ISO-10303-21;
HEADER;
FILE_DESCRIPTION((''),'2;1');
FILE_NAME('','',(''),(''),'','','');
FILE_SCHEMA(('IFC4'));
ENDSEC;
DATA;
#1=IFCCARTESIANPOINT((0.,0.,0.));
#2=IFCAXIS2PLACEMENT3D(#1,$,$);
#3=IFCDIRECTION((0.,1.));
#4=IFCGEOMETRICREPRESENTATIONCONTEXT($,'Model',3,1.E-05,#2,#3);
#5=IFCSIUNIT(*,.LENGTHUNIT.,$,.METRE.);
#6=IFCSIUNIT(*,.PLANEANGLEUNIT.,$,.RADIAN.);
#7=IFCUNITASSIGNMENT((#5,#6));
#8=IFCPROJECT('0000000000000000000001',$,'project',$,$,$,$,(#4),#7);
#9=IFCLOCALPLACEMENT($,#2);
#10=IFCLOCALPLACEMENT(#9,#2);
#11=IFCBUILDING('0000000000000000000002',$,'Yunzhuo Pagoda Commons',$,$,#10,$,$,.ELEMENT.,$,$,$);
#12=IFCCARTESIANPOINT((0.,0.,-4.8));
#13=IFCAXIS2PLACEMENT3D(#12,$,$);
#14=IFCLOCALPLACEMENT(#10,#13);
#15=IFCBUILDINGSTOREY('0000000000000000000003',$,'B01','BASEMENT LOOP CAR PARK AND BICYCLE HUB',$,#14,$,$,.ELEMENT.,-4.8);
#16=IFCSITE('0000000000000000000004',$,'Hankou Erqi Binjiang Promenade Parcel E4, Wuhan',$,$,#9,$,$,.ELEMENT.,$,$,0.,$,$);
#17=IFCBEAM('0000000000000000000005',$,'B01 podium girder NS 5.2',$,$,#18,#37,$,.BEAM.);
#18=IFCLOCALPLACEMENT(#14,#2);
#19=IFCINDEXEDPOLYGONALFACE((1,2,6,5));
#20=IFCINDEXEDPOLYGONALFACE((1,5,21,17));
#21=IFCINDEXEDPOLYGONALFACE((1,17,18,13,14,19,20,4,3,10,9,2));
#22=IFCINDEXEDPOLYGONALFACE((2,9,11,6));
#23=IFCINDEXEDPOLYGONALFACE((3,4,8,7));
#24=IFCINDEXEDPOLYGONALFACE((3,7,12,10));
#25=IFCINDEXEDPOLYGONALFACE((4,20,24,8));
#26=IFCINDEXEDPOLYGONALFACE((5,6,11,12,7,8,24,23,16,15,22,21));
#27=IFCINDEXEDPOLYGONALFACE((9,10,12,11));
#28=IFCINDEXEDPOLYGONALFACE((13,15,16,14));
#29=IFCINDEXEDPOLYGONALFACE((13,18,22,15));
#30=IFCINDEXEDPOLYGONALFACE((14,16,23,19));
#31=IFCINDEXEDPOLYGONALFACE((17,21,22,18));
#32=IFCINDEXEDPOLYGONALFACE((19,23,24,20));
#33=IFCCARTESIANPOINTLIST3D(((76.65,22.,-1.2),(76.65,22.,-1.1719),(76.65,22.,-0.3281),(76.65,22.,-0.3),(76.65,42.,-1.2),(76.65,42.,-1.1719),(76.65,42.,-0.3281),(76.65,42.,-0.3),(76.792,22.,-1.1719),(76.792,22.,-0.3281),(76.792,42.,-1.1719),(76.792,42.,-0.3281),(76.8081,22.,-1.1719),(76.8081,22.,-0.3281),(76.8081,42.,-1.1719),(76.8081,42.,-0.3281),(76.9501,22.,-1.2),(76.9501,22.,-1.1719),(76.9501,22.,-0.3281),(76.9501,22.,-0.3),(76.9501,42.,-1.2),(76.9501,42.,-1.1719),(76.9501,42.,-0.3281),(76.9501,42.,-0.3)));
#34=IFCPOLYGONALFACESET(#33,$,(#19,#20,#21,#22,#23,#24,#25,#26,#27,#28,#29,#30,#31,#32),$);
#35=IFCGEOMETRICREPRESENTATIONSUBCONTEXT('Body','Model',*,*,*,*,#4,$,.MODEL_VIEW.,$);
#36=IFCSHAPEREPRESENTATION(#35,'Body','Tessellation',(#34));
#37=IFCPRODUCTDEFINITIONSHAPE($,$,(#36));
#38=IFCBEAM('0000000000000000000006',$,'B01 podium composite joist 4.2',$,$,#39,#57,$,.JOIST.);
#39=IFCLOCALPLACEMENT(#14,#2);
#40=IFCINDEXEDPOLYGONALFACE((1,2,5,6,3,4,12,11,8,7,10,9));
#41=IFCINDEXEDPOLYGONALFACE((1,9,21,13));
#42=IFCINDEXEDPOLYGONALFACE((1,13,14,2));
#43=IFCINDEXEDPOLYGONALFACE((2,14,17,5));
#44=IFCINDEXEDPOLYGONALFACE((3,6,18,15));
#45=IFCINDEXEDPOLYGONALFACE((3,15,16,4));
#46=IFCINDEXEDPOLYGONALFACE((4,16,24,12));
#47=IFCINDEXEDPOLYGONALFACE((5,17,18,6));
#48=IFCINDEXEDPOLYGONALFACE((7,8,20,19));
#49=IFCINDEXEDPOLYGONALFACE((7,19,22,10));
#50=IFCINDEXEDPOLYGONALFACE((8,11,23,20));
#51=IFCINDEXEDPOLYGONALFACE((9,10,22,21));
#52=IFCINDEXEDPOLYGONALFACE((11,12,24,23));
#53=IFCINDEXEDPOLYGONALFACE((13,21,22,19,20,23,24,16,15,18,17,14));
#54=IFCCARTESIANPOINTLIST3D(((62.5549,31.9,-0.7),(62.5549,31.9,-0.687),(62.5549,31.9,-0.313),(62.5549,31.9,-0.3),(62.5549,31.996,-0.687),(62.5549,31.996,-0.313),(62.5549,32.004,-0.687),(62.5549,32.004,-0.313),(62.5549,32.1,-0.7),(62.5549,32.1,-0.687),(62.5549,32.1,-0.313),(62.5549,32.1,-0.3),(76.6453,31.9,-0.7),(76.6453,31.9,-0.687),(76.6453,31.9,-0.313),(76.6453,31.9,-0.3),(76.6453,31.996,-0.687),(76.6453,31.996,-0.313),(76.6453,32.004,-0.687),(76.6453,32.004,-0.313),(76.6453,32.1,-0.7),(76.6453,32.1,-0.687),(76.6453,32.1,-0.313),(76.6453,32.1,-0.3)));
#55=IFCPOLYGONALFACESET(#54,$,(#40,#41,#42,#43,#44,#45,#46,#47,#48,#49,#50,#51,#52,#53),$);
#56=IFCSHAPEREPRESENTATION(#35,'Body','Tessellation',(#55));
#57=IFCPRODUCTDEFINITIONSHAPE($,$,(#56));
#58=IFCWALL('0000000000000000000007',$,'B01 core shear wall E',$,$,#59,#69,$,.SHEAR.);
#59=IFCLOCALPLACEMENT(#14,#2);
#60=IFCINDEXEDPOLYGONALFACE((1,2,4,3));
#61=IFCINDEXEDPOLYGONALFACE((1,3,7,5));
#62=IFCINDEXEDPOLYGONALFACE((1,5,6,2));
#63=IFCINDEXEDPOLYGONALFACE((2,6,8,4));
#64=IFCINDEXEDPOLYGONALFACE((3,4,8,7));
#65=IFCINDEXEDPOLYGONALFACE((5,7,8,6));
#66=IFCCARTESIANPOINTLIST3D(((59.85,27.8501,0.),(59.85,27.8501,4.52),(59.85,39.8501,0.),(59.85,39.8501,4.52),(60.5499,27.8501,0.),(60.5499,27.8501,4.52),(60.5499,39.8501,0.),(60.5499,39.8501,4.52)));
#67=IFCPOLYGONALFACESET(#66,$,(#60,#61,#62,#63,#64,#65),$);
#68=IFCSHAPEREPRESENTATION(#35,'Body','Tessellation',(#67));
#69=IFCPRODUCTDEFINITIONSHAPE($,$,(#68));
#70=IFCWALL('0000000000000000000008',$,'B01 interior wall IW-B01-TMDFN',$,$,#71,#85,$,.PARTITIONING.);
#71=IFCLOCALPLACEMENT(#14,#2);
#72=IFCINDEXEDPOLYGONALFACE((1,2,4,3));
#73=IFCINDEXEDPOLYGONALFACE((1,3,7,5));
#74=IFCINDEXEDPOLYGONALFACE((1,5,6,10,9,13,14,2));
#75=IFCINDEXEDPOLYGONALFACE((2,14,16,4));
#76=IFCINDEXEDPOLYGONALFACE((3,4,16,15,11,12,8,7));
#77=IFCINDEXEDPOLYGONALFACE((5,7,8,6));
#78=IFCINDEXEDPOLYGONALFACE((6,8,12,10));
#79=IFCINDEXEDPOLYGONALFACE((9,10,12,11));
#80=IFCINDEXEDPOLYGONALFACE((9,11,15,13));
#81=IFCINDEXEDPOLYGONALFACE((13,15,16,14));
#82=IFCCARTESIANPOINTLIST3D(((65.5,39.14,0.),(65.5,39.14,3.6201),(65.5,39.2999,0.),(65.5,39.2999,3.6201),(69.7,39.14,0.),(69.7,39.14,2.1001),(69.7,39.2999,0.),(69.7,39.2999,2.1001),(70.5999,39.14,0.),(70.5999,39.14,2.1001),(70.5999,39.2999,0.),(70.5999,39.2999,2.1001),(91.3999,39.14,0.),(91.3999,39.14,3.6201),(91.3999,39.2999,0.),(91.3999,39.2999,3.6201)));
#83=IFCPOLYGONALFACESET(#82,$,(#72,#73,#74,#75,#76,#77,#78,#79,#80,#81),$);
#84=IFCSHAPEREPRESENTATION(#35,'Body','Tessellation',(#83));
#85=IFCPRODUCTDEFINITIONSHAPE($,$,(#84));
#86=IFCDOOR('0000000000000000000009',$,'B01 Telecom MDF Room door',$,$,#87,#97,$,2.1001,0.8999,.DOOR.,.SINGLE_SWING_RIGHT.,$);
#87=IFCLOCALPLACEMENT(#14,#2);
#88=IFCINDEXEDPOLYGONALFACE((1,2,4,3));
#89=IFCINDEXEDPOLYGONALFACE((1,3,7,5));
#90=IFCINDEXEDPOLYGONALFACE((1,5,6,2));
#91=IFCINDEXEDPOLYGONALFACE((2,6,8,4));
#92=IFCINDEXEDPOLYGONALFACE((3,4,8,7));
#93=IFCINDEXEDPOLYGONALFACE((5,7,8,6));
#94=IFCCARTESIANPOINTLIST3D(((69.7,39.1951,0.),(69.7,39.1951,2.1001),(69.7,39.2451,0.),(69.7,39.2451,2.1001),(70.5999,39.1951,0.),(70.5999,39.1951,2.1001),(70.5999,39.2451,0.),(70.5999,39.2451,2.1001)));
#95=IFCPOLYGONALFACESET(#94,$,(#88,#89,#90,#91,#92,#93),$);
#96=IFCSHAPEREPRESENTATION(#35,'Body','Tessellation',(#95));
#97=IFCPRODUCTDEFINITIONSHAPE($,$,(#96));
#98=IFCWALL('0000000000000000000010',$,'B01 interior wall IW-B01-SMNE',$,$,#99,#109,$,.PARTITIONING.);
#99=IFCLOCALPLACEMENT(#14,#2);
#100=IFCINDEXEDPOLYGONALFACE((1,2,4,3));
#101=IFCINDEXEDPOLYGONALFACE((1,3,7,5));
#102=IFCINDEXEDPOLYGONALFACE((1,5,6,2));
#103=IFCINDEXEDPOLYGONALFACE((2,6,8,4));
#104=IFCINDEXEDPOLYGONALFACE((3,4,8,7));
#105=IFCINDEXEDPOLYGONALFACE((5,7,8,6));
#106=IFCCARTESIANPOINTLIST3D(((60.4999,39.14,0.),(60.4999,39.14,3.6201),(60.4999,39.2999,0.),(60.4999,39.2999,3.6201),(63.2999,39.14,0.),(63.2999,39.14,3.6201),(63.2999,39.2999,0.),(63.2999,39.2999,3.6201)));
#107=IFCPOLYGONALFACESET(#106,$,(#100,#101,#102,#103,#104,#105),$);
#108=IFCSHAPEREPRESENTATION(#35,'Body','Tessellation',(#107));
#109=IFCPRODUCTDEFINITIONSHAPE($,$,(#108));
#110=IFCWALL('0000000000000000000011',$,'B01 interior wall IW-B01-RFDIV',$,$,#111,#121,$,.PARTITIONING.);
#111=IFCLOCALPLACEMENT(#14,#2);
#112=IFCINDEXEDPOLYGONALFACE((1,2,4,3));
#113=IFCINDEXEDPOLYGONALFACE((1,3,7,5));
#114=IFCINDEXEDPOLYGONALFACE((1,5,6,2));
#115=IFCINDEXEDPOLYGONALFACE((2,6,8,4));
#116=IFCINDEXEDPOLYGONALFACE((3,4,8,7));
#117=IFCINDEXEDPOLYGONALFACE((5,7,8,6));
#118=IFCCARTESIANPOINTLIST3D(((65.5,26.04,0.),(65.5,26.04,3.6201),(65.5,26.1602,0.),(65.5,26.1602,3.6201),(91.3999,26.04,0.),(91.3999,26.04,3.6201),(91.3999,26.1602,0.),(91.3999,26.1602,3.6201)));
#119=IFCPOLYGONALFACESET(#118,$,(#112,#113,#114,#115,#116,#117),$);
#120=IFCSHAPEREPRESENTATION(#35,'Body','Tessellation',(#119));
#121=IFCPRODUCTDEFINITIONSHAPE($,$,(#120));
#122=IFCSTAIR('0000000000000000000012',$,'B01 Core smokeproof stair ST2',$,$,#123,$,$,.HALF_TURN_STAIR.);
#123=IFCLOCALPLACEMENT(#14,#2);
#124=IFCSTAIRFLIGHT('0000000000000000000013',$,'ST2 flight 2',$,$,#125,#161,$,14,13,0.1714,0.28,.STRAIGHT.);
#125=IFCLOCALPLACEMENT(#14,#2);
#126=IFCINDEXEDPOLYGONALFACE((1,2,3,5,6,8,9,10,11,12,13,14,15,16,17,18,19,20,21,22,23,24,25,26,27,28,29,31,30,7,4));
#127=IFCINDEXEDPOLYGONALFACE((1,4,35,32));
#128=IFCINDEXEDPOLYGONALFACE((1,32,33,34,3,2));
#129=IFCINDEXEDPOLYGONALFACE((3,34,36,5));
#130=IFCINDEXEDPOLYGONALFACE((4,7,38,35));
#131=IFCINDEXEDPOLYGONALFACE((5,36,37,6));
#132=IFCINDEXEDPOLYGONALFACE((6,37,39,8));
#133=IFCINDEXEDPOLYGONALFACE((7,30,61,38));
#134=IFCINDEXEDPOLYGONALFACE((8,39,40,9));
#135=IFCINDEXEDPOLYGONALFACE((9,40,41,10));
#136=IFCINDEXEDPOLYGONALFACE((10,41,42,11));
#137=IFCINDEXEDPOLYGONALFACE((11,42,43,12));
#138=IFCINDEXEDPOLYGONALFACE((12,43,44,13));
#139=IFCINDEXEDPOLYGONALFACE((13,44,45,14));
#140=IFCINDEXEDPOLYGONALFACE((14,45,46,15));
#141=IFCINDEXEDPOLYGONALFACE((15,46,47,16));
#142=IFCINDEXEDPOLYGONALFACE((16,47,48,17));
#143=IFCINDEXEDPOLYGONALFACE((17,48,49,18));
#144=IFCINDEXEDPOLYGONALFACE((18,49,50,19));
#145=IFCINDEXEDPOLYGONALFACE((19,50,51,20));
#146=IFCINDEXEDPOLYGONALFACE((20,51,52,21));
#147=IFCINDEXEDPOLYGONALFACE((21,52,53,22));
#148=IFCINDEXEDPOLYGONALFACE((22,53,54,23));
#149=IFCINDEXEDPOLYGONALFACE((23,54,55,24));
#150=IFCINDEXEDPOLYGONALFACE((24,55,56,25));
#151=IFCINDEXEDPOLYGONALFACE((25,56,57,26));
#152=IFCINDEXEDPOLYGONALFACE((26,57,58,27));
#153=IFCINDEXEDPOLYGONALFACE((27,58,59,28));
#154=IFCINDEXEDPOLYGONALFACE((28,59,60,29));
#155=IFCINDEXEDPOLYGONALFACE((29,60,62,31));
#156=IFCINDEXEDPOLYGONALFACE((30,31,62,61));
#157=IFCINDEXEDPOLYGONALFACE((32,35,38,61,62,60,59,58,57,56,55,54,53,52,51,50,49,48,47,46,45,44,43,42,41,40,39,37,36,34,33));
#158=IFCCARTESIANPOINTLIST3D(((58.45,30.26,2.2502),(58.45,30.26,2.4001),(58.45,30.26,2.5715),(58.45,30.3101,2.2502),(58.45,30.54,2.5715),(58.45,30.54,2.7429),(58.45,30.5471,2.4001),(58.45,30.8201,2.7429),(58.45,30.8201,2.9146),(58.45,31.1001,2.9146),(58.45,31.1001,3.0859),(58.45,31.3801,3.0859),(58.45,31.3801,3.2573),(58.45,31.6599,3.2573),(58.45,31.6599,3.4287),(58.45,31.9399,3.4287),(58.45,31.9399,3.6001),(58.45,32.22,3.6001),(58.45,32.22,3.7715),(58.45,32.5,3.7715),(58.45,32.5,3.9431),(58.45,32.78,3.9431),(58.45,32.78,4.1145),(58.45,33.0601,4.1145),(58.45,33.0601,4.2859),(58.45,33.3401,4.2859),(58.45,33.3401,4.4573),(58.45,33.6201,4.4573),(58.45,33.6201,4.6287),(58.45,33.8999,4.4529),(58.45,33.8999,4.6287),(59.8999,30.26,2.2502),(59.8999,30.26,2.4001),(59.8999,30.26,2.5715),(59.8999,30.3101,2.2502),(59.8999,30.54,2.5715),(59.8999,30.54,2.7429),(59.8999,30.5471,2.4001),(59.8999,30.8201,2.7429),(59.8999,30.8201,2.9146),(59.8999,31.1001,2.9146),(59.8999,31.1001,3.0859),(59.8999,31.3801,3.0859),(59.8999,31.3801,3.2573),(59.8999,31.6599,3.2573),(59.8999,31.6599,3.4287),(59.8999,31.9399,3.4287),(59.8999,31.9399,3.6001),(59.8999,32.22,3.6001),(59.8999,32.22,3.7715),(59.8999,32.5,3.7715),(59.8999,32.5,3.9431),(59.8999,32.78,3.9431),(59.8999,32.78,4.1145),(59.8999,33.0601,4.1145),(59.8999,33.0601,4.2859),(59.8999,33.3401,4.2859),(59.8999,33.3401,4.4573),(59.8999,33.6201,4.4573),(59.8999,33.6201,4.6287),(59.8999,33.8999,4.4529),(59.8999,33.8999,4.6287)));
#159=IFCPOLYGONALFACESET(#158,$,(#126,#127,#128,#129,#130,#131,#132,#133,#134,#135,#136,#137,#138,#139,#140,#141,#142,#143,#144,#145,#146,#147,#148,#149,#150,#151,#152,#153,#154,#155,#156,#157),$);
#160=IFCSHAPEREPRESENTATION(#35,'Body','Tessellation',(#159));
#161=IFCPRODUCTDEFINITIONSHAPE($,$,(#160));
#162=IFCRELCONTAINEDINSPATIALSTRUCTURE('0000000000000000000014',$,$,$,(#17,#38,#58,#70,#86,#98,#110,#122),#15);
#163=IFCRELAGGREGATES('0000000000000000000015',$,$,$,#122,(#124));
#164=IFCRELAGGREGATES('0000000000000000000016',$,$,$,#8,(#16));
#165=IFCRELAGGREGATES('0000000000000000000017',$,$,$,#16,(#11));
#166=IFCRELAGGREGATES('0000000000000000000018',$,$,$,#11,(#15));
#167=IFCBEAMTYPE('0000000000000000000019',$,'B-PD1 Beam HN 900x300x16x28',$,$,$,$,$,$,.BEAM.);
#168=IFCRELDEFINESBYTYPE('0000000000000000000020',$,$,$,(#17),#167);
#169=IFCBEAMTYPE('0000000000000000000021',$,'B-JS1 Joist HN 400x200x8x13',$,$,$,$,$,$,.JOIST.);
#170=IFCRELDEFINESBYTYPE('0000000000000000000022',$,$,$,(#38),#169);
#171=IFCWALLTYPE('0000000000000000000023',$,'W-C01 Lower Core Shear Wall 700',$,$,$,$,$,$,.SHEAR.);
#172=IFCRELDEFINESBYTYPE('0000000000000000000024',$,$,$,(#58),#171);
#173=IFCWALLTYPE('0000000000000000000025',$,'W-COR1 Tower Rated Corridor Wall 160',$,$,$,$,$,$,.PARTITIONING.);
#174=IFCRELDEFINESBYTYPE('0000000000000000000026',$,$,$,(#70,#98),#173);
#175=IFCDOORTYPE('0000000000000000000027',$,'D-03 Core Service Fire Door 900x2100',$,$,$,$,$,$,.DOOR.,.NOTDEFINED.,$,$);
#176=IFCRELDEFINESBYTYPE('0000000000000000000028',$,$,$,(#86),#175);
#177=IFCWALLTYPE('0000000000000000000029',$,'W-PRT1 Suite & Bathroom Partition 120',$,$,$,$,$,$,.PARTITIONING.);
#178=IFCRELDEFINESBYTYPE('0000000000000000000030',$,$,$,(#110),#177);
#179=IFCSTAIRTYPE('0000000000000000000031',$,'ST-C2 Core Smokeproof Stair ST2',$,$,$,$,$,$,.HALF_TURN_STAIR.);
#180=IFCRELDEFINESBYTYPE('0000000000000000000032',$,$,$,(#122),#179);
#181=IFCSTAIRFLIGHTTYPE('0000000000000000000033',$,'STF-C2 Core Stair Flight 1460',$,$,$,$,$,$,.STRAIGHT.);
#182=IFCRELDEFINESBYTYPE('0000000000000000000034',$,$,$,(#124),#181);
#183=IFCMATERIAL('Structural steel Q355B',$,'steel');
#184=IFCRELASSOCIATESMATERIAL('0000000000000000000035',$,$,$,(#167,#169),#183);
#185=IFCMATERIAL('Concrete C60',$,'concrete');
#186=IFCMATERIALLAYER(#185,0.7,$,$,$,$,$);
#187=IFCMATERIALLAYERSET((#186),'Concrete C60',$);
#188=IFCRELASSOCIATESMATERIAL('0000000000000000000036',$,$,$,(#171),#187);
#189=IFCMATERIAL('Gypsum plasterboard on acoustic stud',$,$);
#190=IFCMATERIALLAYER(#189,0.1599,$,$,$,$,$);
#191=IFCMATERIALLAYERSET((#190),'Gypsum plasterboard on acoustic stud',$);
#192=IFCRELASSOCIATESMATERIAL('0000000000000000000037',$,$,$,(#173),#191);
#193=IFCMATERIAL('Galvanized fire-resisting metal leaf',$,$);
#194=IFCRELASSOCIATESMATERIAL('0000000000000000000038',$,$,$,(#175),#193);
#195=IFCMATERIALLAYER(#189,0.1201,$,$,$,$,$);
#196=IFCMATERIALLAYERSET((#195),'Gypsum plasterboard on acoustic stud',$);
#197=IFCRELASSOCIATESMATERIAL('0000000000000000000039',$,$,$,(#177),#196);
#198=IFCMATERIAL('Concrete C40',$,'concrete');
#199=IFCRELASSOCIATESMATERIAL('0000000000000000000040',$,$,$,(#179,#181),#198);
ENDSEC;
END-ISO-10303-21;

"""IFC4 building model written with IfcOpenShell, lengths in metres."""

from ifc_helpers import new_model, si_unit, direction, frame, frame_2d, origin, origin_2d, place, context, subcontext, project, spatial, polyline, rectangle, i_section, outline, extrude, source, transform, mapped, material, layer, layer_set, material_profile, profile_set, type_object, element, fill, aggregate, save


model = new_model("IFC4")

# Units and contexts
model_context = context("Model", 3, precision=1e-05, world=origin(), true_north=direction((0.0, 1.0)))
body_context = subcontext(model_context, "Body", "Model", "MODEL_VIEW")
ifc_project = project(units=[si_unit("LENGTHUNIT", "METRE"), si_unit("PLANEANGLEUNIT", "RADIAN")], contexts=[model_context])

# Site, building, storey
site_placement = place(None, origin())
site = spatial("IfcSite", under=ifc_project, at=site_placement, Name="Hankou Erqi Binjiang Promenade Parcel E4, Wuhan", CompositionType="ELEMENT", RefElevation=0.0)
building_placement = place(site_placement, origin())
building = spatial("IfcBuilding", under=site, at=building_placement, Name="Yunzhuo Pagoda Commons", CompositionType="ELEMENT")
storey_placement = place(building_placement, frame((0.0, 0.0, -4.8)))
storey = spatial("IfcBuildingStorey", under=building, at=storey_placement, Name="B01", Description="BASEMENT LOOP CAR PARK AND BICYCLE HUB", CompositionType="ELEMENT", Elevation=-4.8)

# Beams
ifc_material_1 = material(Name="Structural steel Q355B", Category="steel")
ifc_material_profile_1 = material_profile(ifc_material_1, i_section(OverallWidth=0.3, OverallDepth=0.8999, WebThickness=0.0161, FlangeThickness=0.0281, at=origin_2d()), Name="Structural steel Q355B")
ifc_profile_set_1 = profile_set([ifc_material_profile_1], Name="Structural steel Q355B")
beam_type_1 = type_object("IfcBeamType", Name="B-PD1 Beam HN 900x300x16x28", PredefinedType="BEAM", material=ifc_profile_set_1)
ifc_material_profile_2 = material_profile(ifc_material_1, i_section(OverallWidth=0.2, OverallDepth=0.3999, WebThickness=0.0081, FlangeThickness=0.0129, at=origin_2d()), Name="Structural steel Q355B")
ifc_profile_set_2 = profile_set([ifc_material_profile_2], Name="Structural steel Q355B")
beam_type_2 = type_object("IfcBeamType", Name="B-JS1 Joist HN 400x200x8x13", PredefinedType="JOIST", material=ifc_profile_set_2)
shared_shape_1 = source(origin(), body_context, "Body", "SweptSolid", [
    extrude(i_section(OverallWidth=0.3, OverallDepth=0.8999, WebThickness=0.0161, FlangeThickness=0.0281, at=origin_2d()), origin(), (0.0, 0.0, 1.0), 20.0),
])
for number, where, z_axis, x_axis, name in (
    (1, (76.8, 22.0, -0.75), (0.0, 1.0, 0.0), (-1.0, 0.0, 0.0), "B01 podium girder NS 5.2"),
):
    element("IfcBeam", number, at=place(storey_placement, frame(where, z_axis=z_axis, x_axis=x_axis)), inside=storey, type_object=beam_type_1, Name=name, PredefinedType="BEAM", context=body_context, shape_type="MappedRepresentation", body=[
        mapped(shared_shape_1, transform((0.0, 0.0, 0.0), scale=1.0)),
    ])
shared_shape_2 = source(origin(), body_context, "Body", "SweptSolid", [
    extrude(i_section(OverallWidth=0.2, OverallDepth=0.3999, WebThickness=0.0081, FlangeThickness=0.0129, at=origin_2d()), origin(), (0.0, 0.0, 1.0), 14.0903),
])
beam_1_placement = place(storey_placement, frame((62.5549, 32.0, -0.5), z_axis=(1.0, 0.0, 0.0), x_axis=(0.0, 1.0, 0.0)))
element("IfcBeam", 2, at=beam_1_placement, inside=storey, type_object=beam_type_2, Name="B01 podium composite joist 4.2", PredefinedType="JOIST", context=body_context, shape_type="MappedRepresentation", body=[
    mapped(shared_shape_2, transform((0.0, 0.0, 0.0), scale=1.0)),
])

# Wall
ifc_material_2 = material(Name="Concrete C60", Category="concrete")
ifc_layer_1 = layer(ifc_material_2, 0.7)
ifc_layer_set_1 = layer_set([ifc_layer_1], Name="Concrete C60")
wall_type_1 = type_object("IfcWallType", Name="W-C01 Lower Core Shear Wall 700", PredefinedType="SHEAR", material=ifc_layer_set_1)
wall_1_placement = place(storey_placement, frame((60.2, 27.8501, 0.0), z_axis=(0.0, 0.0, 1.0), x_axis=(0.0, 1.0, 0.0)))
element("IfcWall", 3, at=wall_1_placement, inside=storey, type_object=wall_type_1, Name="B01 core shear wall E", PredefinedType="SHEAR", context=body_context, shape_type="SweptSolid", body=[
    extrude(rectangle(XDim=12.0, YDim=0.7, at=frame_2d((6.0, 0.0))), origin(), (0.0, 0.0, 1.0), 4.52),
])

# Wall, opening, door
ifc_material_3 = material(Name="Gypsum plasterboard on acoustic stud")
ifc_layer_2 = layer(ifc_material_3, 0.1599)
ifc_layer_set_2 = layer_set([ifc_layer_2], Name="Gypsum plasterboard on acoustic stud")
wall_type_2 = type_object("IfcWallType", Name="W-COR1 Tower Rated Corridor Wall 160", PredefinedType="PARTITIONING", material=ifc_layer_set_2)
wall_2_placement = place(storey_placement, frame((65.5, 39.22, 0.0), z_axis=(0.0, 0.0, 1.0), x_axis=(1.0, 0.0, 0.0)))
wall_2 = element("IfcWall", 4, at=wall_2_placement, inside=storey, type_object=wall_type_2, Name="B01 interior wall IW-B01-TMDFN", PredefinedType="PARTITIONING", context=body_context, shape_type="SweptSolid", body=[
    extrude(rectangle(XDim=25.8999, YDim=0.1599, at=frame_2d((12.95, 0.0))), origin(), (0.0, 0.0, 1.0), 3.6201),
])
opening_placement = place(wall_2_placement, frame((4.2, 0.0, 0.0)))
opening = element("IfcOpeningElement", 5, at=opening_placement, cuts=wall_2, PredefinedType="OPENING", context=body_context, shape_type="SweptSolid", body=[
    extrude(rectangle(XDim=0.8999, YDim=2.1001, at=frame_2d((0.45, 1.05))), frame((0.0, 0.0898, 0.0), z_axis=(0.0, -1.0, 0.0), x_axis=(1.0, 0.0, 0.0)), (0.0, 0.0, 1.0), 0.1799),
])
ifc_material_4 = material(Name="Galvanized fire-resisting metal leaf")
door_type = type_object("IfcDoorType", Name="D-03 Core Service Fire Door 900x2100", OperationType="NOTDEFINED", PredefinedType="DOOR", material=ifc_material_4)
shared_shape_3 = source(origin(), body_context, "Body", "SweptSolid", [
    extrude(rectangle(XDim=0.8999, YDim=2.1001, at=frame_2d((0.45, 1.05))), frame((0.0, 0.0249, 0.0), z_axis=(0.0, -1.0, 0.0), x_axis=(1.0, 0.0, 0.0)), (0.0, 0.0, 1.0), 0.05),
])
door_placement = place(opening_placement, frame((0.8999, 0.0, 0.0), z_axis=(0.0, 0.0, 1.0), x_axis=(-1.0, 0.0, 0.0)))
door = element("IfcDoor", 6, at=door_placement, inside=storey, type_object=door_type, Name="B01 Telecom MDF Room door", OperationType="SINGLE_SWING_RIGHT", OverallHeight=2.1001, OverallWidth=0.8999, PredefinedType="DOOR", context=body_context, shape_type="MappedRepresentation", body=[
    mapped(shared_shape_3, transform((0.0, 0.0, 0.0), scale=1.0)),
])
fill(opening, door)

# Walls
wall_3_placement = place(storey_placement, frame((60.5, 39.22, 0.0), z_axis=(0.0, 0.0, 1.0), x_axis=(1.0, 0.0, 0.0)))
element("IfcWall", 7, at=wall_3_placement, inside=storey, type_object=wall_type_2, Name="B01 interior wall IW-B01-SMNE", PredefinedType="PARTITIONING", context=body_context, shape_type="SweptSolid", body=[
    extrude(rectangle(XDim=2.8, YDim=0.1599, at=frame_2d((1.3999, 0.0))), origin(), (0.0, 0.0, 1.0), 3.6201),
])
ifc_layer_3 = layer(ifc_material_3, 0.1201)
ifc_layer_set_3 = layer_set([ifc_layer_3], Name="Gypsum plasterboard on acoustic stud")
wall_type_3 = type_object("IfcWallType", Name="W-PRT1 Suite & Bathroom Partition 120", PredefinedType="PARTITIONING", material=ifc_layer_set_3)
wall_4_placement = place(storey_placement, frame((65.5, 26.1001, 0.0), z_axis=(0.0, 0.0, 1.0), x_axis=(1.0, 0.0, 0.0)))
element("IfcWall", 8, at=wall_4_placement, inside=storey, type_object=wall_type_3, Name="B01 interior wall IW-B01-RFDIV", PredefinedType="PARTITIONING", context=body_context, shape_type="SweptSolid", body=[
    extrude(rectangle(XDim=25.8999, YDim=0.1201, at=frame_2d((12.95, 0.0))), origin(), (0.0, 0.0, 1.0), 3.6201),
])

# Stair, stair flight
ifc_material_5 = material(Name="Concrete C40", Category="concrete")
stair_type = type_object("IfcStairType", Name="ST-C2 Core Smokeproof Stair ST2", PredefinedType="HALF_TURN_STAIR", material=ifc_material_5)
stair_placement = place(storey_placement, origin())
stair = element("IfcStair", 9, at=stair_placement, inside=storey, type_object=stair_type, Name="B01 Core smokeproof stair ST2", PredefinedType="HALF_TURN_STAIR")
stair_flight_type = type_object("IfcStairFlightType", Name="STF-C2 Core Stair Flight 1460", PredefinedType="STRAIGHT", material=ifc_material_5)
shared_shape_4 = source(origin(), body_context, "Body", "SweptSolid", [
    extrude(outline(polyline([(0.0, -0.1499), (0.0, 0.0), (0.0, 0.1714), (0.28, 0.1714), (0.28, 0.3428), (0.5601, 0.3428), (0.5601, 0.5144), (0.8401, 0.5144), (0.8401, 0.6858), (1.1201, 0.6858), (1.1201, 0.8572), (1.3999, 0.8572), (1.3999, 1.0286), (1.6799, 1.0286), (1.6799, 1.2), (1.96, 1.2), (1.96, 1.3713), (2.24, 1.3713), (2.24, 1.543), (2.52, 1.543), (2.52, 1.7144), (2.8, 1.7144), (2.8, 1.8857), (3.0801, 1.8857), (3.0801, 2.0571), (3.3601, 2.0571), (3.3601, 2.2285), (3.6399, 2.2285), (3.6399, 2.3999), (3.6399, 2.0527), (0.2871, 0.0), (0.05, -0.1499), (0.0, -0.1499)])), frame((0.0, 0.7251, 0.0), z_axis=(0.0, -1.0, 0.0), x_axis=(1.0, 0.0, 0.0)), (0.0, 0.0, 1.0), 1.45),
])
stair_flight_placement = place(storey_placement, frame((59.175, 30.26, 2.4001), z_axis=(0.0, 0.0, 1.0), x_axis=(0.0, 1.0, 0.0)))
stair_flight = element("IfcStairFlight", 10, at=stair_flight_placement, type_object=stair_flight_type, Name="ST2 flight 2", NumberOfRisers=14, NumberOfTreads=13, PredefinedType="STRAIGHT", RiserHeight=0.1714, TreadLength=0.28, context=body_context, shape_type="MappedRepresentation", body=[
    mapped(shared_shape_4, transform((0.0, 0.0, 0.0), scale=1.0)),
])
aggregate(stair, [stair_flight])

save(model, "model.ifc")
